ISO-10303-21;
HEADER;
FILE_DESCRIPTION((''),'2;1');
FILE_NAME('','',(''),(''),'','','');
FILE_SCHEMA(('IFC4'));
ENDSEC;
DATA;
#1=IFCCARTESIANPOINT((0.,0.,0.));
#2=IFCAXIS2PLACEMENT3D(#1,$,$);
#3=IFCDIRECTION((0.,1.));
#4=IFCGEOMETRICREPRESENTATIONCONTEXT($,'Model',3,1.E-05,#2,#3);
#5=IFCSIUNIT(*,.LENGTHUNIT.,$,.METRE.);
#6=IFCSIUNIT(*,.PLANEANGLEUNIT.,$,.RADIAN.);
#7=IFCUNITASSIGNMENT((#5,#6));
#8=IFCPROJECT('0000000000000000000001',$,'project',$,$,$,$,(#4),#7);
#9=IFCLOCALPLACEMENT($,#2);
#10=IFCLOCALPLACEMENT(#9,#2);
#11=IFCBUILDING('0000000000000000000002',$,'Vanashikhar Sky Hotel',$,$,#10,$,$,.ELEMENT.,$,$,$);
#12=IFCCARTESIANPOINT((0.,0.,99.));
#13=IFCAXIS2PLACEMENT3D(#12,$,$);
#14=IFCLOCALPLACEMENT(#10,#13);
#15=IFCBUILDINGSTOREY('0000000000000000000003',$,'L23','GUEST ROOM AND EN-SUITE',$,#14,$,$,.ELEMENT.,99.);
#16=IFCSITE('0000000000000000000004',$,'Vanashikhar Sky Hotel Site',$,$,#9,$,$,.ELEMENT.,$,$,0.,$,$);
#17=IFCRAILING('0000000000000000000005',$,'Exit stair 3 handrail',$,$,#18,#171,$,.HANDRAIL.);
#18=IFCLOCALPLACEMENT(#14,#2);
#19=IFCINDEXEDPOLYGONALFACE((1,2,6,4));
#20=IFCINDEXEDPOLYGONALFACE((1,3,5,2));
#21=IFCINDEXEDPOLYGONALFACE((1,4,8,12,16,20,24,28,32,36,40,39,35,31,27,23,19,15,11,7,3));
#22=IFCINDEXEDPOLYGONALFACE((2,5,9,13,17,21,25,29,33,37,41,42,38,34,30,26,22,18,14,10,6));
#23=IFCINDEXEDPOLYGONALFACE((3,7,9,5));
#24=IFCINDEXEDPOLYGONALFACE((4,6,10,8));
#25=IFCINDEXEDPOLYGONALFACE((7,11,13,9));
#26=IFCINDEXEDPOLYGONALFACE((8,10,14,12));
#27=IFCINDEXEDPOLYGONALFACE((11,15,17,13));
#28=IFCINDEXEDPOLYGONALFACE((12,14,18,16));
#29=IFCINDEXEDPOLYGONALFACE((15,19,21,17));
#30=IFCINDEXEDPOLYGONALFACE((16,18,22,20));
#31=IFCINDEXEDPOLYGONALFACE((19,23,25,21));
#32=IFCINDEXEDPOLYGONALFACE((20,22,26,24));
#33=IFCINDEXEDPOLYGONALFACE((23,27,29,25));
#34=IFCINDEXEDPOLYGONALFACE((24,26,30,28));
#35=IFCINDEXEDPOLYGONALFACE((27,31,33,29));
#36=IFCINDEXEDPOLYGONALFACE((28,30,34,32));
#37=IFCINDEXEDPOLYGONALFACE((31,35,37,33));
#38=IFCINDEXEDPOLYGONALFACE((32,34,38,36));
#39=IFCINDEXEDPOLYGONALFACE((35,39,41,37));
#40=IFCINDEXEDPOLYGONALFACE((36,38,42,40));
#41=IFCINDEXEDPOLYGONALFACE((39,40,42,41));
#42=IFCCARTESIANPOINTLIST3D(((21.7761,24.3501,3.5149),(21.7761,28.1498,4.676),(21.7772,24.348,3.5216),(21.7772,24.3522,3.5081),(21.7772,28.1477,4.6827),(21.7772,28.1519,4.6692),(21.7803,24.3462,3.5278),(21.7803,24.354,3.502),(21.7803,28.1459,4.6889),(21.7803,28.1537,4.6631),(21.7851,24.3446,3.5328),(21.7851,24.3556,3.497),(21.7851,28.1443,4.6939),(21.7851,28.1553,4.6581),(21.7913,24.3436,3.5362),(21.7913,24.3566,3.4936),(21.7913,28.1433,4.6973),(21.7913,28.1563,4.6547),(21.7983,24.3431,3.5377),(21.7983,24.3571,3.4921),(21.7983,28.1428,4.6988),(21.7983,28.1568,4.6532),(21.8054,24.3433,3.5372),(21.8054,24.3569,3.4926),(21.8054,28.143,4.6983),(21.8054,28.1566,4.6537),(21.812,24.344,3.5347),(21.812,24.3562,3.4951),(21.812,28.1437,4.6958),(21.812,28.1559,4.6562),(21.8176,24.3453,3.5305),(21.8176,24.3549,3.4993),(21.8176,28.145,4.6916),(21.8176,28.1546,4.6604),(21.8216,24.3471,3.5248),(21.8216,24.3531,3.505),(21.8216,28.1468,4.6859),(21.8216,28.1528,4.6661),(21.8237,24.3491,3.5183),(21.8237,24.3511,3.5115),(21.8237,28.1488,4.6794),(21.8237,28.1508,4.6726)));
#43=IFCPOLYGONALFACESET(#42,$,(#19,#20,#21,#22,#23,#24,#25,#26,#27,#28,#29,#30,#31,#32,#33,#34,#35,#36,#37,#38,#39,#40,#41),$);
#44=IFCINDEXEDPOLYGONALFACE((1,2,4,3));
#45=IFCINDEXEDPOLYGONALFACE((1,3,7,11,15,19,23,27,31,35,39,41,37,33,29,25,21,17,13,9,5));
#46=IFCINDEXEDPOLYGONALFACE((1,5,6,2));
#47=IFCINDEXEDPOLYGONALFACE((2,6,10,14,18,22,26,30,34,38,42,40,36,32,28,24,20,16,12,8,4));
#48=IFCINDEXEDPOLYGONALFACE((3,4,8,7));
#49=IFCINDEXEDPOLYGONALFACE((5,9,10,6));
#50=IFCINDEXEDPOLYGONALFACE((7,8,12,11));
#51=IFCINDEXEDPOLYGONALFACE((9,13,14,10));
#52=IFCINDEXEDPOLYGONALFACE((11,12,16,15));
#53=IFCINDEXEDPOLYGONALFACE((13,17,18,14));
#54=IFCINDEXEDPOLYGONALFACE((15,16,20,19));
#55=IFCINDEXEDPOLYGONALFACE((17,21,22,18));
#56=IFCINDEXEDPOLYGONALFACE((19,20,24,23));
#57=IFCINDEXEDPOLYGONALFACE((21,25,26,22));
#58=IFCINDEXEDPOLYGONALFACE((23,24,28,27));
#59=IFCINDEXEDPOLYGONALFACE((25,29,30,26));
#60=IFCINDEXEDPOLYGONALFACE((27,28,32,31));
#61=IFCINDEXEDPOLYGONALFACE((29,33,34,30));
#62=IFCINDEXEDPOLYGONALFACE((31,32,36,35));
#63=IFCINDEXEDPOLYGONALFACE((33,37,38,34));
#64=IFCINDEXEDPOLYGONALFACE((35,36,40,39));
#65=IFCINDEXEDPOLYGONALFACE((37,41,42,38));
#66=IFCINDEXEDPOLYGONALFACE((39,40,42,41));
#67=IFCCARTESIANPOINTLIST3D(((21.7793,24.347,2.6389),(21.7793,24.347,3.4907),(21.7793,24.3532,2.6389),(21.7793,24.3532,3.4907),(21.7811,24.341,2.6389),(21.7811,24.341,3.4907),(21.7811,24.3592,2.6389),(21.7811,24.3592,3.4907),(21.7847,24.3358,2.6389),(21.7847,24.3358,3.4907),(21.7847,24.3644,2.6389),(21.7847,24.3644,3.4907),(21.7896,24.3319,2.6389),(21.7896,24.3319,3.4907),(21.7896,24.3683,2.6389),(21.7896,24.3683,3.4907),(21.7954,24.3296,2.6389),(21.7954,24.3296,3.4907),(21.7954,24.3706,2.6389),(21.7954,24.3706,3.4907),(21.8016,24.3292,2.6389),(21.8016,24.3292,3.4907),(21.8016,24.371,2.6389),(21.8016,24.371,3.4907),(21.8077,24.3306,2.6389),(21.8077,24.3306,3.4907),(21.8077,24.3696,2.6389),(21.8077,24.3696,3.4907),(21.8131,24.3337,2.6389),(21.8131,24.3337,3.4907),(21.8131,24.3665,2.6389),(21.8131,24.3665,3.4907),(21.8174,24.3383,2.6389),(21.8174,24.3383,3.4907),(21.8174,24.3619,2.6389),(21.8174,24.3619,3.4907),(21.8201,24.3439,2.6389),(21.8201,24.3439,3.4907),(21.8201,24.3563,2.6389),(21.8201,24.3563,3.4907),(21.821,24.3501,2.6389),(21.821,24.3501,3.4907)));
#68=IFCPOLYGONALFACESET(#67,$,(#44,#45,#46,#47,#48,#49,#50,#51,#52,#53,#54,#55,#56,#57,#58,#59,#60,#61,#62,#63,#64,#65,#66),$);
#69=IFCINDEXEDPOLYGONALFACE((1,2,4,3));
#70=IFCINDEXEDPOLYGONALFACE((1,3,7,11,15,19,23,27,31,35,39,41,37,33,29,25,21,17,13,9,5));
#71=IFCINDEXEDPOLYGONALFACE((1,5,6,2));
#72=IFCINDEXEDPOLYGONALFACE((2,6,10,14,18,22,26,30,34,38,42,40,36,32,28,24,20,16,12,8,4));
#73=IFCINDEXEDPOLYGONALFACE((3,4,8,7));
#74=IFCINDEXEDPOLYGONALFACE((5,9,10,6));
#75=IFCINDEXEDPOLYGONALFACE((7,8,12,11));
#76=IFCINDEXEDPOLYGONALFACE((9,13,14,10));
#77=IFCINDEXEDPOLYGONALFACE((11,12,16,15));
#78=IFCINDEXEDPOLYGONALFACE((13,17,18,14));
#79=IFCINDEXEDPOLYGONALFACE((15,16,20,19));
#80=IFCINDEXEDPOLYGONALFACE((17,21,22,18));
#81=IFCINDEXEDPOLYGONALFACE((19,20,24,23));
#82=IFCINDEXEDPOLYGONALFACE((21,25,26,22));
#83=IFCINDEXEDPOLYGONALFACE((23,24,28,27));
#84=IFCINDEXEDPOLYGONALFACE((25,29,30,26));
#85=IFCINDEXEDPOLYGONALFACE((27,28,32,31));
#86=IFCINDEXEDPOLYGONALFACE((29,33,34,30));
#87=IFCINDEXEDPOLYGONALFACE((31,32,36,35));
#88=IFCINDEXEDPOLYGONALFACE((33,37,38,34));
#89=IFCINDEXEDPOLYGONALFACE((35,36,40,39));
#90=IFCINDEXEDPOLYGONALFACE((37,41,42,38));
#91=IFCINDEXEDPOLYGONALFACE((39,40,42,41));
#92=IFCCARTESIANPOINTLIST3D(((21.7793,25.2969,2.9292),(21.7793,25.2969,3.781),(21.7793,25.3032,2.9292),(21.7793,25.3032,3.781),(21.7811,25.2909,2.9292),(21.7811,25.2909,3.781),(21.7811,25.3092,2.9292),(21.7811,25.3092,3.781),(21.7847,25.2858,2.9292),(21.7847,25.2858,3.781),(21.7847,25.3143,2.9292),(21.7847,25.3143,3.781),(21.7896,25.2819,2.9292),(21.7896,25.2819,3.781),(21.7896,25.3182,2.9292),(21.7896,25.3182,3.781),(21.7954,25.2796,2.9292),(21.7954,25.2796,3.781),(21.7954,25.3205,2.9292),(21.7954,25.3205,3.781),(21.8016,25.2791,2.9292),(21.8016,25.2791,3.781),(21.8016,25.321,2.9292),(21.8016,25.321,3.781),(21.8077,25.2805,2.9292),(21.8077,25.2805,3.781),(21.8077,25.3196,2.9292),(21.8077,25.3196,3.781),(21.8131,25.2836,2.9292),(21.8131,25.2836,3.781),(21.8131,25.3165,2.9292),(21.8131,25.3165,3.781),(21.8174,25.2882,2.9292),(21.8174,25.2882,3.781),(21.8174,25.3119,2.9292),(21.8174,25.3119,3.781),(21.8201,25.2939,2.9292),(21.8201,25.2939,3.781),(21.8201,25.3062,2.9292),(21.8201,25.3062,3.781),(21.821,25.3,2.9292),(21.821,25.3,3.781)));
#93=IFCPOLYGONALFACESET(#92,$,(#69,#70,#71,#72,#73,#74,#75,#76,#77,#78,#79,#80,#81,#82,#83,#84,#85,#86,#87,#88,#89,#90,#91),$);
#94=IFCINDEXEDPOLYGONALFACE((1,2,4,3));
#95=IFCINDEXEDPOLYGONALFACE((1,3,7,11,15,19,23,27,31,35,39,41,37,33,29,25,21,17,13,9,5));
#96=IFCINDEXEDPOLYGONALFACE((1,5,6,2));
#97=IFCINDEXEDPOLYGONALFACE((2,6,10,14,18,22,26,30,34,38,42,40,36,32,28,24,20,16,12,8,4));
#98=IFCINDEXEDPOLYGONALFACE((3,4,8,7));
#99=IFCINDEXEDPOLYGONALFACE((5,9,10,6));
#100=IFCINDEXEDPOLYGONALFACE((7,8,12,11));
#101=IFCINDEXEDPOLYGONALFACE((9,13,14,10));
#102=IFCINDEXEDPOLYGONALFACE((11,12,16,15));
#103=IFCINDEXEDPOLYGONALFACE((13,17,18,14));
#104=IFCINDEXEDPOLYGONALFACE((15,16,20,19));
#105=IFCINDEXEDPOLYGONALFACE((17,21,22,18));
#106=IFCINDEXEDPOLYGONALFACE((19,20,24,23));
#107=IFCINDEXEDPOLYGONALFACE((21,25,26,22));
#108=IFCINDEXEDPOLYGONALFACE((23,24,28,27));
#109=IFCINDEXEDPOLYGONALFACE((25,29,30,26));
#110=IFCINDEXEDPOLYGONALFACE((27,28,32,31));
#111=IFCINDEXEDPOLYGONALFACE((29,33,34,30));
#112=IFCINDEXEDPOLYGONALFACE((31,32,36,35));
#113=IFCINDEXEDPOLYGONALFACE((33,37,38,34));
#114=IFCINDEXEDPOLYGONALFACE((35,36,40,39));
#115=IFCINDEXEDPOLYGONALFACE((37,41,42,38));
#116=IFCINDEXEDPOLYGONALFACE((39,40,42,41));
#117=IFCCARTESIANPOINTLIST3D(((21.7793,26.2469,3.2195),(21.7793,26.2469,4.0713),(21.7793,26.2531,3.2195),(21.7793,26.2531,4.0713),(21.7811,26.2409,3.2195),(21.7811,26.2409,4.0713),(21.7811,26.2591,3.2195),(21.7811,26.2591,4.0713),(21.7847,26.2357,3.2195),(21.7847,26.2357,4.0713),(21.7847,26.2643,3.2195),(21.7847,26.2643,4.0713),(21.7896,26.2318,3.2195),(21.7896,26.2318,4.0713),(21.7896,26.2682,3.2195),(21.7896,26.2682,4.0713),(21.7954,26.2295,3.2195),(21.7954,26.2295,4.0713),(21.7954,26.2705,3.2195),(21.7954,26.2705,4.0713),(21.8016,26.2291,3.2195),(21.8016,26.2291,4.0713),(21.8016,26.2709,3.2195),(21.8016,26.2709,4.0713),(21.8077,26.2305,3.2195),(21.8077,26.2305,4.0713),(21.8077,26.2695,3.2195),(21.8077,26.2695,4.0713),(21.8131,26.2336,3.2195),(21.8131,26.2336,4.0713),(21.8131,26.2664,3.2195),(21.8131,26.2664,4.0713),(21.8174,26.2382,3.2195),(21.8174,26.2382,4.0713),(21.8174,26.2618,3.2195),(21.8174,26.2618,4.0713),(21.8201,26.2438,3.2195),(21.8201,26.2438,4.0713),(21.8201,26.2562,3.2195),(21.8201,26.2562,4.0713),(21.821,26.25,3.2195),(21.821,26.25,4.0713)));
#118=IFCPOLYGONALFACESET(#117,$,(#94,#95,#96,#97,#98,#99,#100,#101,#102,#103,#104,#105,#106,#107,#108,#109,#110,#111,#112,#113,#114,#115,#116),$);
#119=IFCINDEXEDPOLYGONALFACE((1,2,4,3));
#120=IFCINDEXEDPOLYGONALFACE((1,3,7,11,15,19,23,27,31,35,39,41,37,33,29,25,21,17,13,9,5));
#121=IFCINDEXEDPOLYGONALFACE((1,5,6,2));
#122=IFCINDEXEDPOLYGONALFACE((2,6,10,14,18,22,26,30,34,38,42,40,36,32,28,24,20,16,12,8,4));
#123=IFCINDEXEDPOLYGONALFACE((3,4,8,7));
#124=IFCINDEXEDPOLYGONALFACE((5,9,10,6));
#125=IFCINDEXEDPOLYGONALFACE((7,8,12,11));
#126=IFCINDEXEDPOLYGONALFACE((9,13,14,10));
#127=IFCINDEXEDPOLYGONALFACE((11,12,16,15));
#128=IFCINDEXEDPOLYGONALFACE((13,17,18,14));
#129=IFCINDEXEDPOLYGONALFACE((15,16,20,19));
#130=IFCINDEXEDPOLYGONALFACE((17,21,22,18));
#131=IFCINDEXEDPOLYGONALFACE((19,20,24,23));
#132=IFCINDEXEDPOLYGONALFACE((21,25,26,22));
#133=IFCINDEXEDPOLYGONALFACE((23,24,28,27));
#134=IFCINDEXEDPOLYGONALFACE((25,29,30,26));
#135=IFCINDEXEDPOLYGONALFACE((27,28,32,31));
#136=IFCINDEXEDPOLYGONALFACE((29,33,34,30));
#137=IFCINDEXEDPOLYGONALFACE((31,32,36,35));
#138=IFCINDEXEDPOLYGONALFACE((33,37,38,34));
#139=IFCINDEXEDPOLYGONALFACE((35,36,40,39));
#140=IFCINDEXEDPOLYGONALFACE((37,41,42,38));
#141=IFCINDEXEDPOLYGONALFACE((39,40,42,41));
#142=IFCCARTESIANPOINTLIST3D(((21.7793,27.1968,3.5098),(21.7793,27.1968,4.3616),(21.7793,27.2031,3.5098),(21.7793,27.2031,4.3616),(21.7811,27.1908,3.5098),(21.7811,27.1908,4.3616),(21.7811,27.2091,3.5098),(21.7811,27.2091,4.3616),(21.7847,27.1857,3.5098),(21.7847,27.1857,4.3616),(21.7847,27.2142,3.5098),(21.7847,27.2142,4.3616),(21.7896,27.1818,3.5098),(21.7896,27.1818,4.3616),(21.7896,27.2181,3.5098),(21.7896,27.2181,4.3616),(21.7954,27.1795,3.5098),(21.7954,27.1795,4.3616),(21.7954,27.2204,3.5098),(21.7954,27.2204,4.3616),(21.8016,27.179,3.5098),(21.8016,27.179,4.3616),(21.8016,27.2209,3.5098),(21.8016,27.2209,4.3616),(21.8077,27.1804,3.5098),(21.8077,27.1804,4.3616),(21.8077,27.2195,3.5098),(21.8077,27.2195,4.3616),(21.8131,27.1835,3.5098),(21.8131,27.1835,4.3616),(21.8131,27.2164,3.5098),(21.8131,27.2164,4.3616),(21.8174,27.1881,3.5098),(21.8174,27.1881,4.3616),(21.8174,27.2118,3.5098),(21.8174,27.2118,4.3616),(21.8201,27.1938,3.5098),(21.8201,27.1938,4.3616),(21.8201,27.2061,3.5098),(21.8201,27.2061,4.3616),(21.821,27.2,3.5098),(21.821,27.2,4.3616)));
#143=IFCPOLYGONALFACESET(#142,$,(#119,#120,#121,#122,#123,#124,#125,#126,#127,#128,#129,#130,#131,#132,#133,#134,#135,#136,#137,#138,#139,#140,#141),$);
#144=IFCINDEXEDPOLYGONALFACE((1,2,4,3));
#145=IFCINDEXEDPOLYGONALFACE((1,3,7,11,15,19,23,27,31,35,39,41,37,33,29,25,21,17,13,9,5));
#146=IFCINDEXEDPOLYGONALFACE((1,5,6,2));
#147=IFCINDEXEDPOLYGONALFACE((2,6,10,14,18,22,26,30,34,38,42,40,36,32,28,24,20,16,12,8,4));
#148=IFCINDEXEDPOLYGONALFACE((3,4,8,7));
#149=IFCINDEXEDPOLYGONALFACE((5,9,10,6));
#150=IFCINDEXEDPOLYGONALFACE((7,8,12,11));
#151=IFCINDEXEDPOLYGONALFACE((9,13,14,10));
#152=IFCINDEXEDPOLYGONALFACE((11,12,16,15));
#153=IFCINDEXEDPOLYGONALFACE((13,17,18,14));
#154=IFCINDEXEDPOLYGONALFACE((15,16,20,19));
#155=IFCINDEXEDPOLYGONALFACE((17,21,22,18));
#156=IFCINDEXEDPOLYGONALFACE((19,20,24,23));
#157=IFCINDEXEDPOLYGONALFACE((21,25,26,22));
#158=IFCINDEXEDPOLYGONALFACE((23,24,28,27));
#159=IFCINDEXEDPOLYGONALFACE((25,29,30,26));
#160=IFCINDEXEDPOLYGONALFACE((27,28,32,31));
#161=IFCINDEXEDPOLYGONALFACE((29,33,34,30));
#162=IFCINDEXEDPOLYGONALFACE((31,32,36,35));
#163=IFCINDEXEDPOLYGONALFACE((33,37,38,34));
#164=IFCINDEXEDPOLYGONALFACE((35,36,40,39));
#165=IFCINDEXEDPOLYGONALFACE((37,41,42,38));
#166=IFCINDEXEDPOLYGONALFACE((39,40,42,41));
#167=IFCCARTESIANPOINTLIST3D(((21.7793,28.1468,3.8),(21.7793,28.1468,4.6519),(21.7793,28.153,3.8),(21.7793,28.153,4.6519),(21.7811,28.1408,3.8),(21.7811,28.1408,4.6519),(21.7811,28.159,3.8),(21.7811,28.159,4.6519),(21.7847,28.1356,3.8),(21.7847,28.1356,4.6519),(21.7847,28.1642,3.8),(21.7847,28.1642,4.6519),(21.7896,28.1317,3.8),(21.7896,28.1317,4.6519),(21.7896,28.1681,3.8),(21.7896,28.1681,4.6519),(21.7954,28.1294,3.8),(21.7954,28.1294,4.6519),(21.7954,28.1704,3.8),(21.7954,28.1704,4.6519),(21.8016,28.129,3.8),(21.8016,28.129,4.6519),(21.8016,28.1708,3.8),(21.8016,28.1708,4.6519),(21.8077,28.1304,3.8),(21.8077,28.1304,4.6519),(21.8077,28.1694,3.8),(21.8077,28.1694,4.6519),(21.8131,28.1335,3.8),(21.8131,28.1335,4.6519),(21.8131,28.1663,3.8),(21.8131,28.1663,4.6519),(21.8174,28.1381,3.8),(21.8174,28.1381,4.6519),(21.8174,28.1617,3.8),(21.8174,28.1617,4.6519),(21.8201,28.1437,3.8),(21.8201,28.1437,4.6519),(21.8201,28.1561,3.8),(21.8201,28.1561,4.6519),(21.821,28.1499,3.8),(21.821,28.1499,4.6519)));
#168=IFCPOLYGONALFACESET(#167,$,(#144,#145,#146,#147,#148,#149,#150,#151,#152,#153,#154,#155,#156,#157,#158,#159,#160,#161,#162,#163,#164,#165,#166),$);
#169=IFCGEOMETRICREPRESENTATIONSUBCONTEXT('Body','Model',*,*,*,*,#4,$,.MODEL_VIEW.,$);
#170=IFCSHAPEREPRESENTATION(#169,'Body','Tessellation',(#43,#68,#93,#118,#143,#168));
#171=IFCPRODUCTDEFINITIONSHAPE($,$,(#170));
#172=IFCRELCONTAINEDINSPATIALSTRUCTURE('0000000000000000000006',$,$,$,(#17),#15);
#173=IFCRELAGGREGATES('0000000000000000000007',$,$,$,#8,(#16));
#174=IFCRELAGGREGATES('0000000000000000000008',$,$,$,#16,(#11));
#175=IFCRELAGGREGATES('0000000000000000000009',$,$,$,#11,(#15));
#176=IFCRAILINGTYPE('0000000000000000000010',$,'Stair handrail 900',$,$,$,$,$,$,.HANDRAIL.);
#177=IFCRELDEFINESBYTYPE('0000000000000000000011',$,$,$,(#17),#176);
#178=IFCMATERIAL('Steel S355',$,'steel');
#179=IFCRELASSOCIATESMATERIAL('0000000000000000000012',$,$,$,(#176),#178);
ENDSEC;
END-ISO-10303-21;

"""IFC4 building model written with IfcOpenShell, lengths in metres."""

from ifc_helpers import new_model, si_unit, direction, frame, origin, origin_2d, place, context, subcontext, project, spatial, circle, extrude, source, transform, mapped, material, type_object, element, save


model = new_model("IFC4")

# Units and contexts
model_context = context("Model", 3, precision=1e-05, world=origin(), true_north=direction((0.0, 1.0)))
body_context = subcontext(model_context, "Body", "Model", "MODEL_VIEW")
ifc_project = project(units=[si_unit("LENGTHUNIT", "METRE"), si_unit("PLANEANGLEUNIT", "RADIAN")], contexts=[model_context])

# Site, building, storey
site_placement = place(None, origin())
site = spatial("IfcSite", under=ifc_project, at=site_placement, Name="Vanashikhar Sky Hotel Site", CompositionType="ELEMENT", RefElevation=0.0)
building_placement = place(site_placement, origin())
building = spatial("IfcBuilding", under=site, at=building_placement, Name="Vanashikhar Sky Hotel", CompositionType="ELEMENT")
storey_placement = place(building_placement, frame((0.0, 0.0, 99.0)))
storey = spatial("IfcBuildingStorey", under=building, at=storey_placement, Name="L23", Description="GUEST ROOM AND EN-SUITE", CompositionType="ELEMENT", Elevation=99.0)

# Railing
ifc_material_1 = material(Name="Steel S355", Category="steel")
railing_type_1 = type_object("IfcRailingType", Name="Stair handrail 900", PredefinedType="HANDRAIL", material=ifc_material_1)
shared_shape_1 = source(origin(), body_context, "Body", "SweptSolid", [
    extrude(circle(Radius=0.0239, at=origin_2d()), frame((0.0, 0.0, 0.876), z_axis=(0.0, 0.956346, 0.292237), x_axis=(-1.0, 0.0, 0.0)), (0.0, 0.0, 1.0), 3.9731),
    extrude(circle(Radius=0.021, at=origin_2d()), origin(), (0.0, 0.0, 1.0), 0.8518),
    extrude(circle(Radius=0.021, at=origin_2d()), frame((0.0, 0.95, 0.2903)), (0.0, 0.0, 1.0), 0.8518),
    extrude(circle(Radius=0.021, at=origin_2d()), frame((0.0, 1.8999, 0.5806)), (0.0, 0.0, 1.0), 0.8518),
    extrude(circle(Radius=0.021, at=origin_2d()), frame((0.0, 2.8499, 0.8708)), (0.0, 0.0, 1.0), 0.8518),
    extrude(circle(Radius=0.021, at=origin_2d()), frame((0.0, 3.7998, 1.1611)), (0.0, 0.0, 1.0), 0.8518),
])
for number, where, name in (
    (1, (21.8, 24.3501, 2.6389), "Exit stair 3 handrail"),
):
    element("IfcRailing", number, at=place(storey_placement, frame(where)), inside=storey, type_object=railing_type_1, Name=name, PredefinedType="HANDRAIL", context=body_context, shape_type="MappedRepresentation", body=[
        mapped(shared_shape_1, transform((0.0, 0.0, 0.0), scale=1.0)),
    ])

save(model, "model.ifc")
